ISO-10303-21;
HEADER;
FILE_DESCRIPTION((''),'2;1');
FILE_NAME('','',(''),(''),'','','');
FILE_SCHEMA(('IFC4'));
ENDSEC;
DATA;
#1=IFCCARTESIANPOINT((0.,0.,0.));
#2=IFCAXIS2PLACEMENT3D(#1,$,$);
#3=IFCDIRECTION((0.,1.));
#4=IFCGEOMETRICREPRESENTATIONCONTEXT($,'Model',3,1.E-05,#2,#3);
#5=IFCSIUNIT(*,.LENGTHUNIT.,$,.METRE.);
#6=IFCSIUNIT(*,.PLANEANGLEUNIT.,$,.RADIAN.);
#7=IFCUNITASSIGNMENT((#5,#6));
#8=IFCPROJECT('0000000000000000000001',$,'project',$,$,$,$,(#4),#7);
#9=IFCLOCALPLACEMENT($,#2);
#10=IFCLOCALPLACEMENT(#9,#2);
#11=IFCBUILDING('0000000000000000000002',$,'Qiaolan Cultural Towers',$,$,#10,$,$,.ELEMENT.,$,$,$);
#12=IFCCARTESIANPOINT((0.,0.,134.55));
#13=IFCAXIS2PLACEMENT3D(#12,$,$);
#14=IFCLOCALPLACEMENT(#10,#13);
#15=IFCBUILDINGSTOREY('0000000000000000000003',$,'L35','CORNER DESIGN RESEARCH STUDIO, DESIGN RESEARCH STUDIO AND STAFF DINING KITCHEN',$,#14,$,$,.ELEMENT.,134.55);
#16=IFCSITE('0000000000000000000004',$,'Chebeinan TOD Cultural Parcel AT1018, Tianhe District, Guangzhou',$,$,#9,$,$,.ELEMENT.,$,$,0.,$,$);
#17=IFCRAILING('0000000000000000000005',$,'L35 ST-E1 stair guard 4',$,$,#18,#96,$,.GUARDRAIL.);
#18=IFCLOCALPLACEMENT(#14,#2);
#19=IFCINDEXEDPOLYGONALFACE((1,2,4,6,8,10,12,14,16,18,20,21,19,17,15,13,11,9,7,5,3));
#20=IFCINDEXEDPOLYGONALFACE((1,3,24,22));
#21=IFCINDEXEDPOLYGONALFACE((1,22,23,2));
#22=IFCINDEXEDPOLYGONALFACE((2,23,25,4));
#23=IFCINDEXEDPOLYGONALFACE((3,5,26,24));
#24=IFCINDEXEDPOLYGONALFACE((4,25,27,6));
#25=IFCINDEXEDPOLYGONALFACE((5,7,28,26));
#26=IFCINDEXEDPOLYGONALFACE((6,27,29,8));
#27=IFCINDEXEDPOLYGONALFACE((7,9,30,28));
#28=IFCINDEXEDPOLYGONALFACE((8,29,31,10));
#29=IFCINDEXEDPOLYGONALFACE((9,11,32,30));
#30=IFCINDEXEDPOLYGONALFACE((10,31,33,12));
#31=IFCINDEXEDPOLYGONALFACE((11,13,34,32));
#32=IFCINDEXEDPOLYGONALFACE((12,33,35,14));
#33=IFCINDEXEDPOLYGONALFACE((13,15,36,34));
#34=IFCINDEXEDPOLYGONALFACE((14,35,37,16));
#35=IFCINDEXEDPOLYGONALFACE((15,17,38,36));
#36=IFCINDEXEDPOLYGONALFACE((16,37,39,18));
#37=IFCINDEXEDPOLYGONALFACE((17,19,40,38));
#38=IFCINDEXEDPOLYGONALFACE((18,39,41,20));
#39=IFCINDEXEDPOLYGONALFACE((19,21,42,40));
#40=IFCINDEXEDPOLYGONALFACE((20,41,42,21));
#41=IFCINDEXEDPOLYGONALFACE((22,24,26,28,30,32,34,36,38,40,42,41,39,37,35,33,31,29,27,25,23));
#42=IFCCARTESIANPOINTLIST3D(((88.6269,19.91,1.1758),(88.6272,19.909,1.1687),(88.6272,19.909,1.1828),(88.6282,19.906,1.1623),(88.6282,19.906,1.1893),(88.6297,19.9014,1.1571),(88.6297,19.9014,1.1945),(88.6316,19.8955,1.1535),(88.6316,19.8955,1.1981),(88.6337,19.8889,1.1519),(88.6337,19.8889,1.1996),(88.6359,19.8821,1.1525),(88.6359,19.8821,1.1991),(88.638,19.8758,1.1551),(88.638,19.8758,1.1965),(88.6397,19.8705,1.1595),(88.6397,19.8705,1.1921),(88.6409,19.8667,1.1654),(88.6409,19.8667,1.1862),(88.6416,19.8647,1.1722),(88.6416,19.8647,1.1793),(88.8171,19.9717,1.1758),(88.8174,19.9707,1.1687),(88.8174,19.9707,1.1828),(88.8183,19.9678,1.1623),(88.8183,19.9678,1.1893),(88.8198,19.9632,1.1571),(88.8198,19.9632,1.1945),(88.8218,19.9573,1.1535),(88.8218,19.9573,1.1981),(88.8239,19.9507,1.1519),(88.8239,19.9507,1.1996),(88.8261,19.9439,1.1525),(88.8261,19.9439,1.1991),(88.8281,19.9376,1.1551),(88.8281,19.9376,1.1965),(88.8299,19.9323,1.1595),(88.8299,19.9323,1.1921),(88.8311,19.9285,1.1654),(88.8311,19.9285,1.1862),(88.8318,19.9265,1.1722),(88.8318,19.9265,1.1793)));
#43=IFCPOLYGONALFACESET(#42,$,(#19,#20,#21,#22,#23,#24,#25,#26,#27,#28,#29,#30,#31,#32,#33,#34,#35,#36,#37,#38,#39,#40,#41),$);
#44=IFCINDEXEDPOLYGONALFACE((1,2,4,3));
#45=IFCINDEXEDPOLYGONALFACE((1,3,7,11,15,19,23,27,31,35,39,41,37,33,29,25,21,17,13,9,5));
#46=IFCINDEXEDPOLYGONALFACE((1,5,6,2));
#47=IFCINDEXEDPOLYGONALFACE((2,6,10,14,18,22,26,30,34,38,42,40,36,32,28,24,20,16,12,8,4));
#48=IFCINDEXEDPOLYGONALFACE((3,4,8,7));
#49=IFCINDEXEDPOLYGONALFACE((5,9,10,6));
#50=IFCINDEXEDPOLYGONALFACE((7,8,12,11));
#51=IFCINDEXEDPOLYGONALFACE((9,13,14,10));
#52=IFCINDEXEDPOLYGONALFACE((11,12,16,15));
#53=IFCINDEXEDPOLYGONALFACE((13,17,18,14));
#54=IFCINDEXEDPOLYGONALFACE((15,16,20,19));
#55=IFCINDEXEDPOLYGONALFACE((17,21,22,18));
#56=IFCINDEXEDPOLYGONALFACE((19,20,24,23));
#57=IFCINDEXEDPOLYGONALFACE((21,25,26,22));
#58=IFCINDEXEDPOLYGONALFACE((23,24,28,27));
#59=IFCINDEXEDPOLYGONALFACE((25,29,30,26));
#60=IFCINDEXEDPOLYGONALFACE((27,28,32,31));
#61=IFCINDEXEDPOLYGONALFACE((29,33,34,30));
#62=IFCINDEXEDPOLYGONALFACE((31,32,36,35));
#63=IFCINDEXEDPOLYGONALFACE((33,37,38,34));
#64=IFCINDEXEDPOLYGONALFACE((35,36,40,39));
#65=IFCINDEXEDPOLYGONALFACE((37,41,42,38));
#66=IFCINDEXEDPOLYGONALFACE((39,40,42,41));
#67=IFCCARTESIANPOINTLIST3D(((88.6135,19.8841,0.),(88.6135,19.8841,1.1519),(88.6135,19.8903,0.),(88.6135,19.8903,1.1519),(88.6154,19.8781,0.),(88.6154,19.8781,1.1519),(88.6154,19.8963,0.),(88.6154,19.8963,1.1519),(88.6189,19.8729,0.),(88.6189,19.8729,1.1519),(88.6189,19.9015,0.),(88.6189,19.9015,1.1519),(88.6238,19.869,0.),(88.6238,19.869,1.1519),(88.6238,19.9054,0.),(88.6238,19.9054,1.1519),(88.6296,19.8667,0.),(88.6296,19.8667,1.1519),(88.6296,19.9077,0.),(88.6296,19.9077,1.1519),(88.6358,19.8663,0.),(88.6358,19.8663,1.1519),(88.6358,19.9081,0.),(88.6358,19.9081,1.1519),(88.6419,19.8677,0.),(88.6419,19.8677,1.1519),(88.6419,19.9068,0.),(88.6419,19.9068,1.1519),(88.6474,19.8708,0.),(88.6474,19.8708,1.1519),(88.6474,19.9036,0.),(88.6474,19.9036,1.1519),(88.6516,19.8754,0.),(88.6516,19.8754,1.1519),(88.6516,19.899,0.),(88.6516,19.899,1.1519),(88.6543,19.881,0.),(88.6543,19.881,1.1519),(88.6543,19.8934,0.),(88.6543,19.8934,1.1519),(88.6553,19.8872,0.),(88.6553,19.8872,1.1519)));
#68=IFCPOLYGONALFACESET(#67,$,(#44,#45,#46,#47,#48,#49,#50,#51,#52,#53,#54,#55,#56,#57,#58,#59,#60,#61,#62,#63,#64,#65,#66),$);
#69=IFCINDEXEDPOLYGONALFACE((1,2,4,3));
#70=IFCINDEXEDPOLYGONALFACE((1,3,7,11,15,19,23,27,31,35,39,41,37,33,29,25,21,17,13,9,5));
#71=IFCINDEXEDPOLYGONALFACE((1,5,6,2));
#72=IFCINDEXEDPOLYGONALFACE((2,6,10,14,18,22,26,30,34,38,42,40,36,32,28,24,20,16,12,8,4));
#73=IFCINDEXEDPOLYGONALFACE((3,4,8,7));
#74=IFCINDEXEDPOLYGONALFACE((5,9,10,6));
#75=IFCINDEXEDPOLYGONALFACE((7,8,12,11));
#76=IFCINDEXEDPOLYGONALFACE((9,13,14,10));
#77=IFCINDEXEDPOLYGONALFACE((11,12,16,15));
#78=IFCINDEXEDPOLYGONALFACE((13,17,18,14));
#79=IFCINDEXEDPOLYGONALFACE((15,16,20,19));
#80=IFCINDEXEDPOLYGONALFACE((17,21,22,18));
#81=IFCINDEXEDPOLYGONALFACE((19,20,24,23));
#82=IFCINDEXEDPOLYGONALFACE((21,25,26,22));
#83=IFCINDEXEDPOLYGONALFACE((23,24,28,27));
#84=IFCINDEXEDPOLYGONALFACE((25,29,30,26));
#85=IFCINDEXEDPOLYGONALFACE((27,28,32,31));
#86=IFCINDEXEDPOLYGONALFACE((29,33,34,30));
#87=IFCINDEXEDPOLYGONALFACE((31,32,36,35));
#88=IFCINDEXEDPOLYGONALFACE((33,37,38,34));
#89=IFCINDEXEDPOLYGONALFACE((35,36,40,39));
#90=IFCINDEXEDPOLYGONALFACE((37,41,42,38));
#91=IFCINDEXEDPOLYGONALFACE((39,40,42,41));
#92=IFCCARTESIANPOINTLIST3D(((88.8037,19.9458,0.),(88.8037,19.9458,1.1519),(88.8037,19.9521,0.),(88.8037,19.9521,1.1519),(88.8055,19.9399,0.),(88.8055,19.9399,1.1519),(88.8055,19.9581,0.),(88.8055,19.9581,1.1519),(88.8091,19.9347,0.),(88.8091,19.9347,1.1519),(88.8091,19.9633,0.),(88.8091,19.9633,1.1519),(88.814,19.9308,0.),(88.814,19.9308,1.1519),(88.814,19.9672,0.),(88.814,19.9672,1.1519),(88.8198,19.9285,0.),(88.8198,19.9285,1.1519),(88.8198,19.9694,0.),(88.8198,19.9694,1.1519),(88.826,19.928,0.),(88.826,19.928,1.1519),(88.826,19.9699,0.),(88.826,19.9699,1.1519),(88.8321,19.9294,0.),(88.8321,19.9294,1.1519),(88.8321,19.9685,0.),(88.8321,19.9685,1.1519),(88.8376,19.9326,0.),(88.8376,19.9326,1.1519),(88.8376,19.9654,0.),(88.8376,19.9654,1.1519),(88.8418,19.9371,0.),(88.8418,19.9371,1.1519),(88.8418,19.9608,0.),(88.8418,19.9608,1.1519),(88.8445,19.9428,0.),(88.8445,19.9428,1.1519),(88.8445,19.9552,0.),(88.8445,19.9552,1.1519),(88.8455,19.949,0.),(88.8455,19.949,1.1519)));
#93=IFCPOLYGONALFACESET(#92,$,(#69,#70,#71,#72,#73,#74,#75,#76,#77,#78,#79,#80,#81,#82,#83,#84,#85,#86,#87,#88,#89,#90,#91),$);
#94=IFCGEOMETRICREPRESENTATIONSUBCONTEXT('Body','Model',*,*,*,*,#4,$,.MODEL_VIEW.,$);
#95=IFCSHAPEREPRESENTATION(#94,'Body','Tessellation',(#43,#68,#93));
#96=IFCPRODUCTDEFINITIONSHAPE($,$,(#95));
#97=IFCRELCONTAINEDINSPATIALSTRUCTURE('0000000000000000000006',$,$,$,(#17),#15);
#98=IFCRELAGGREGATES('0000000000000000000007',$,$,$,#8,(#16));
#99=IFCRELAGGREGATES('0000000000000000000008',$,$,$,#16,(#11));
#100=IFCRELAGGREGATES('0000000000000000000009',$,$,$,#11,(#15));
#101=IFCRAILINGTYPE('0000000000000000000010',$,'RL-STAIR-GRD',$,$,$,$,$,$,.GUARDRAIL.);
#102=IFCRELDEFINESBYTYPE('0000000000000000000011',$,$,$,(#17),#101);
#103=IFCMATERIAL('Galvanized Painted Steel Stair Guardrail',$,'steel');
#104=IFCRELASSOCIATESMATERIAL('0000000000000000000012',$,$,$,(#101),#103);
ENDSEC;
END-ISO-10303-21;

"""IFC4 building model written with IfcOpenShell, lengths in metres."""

from ifc_helpers import new_model, si_unit, direction, frame, origin, origin_2d, place, context, subcontext, project, spatial, circle, extrude, material, type_object, element, save


model = new_model("IFC4")

# Units and contexts
model_context = context("Model", 3, precision=1e-05, world=origin(), true_north=direction((0.0, 1.0)))
body_context = subcontext(model_context, "Body", "Model", "MODEL_VIEW")
ifc_project = project(units=[si_unit("LENGTHUNIT", "METRE"), si_unit("PLANEANGLEUNIT", "RADIAN")], contexts=[model_context])

# Site, building, storey
site_placement = place(None, origin())
site = spatial("IfcSite", under=ifc_project, at=site_placement, Name="Chebeinan TOD Cultural Parcel AT1018, Tianhe District, Guangzhou", CompositionType="ELEMENT", RefElevation=0.0)
building_placement = place(site_placement, origin())
building = spatial("IfcBuilding", under=site, at=building_placement, Name="Qiaolan Cultural Towers", CompositionType="ELEMENT")
storey_placement = place(building_placement, frame((0.0, 0.0, 134.55)))
storey = spatial("IfcBuildingStorey", under=building, at=storey_placement, Name="L35", Description="CORNER DESIGN RESEARCH STUDIO, DESIGN RESEARCH STUDIO AND STAFF DINING KITCHEN", CompositionType="ELEMENT", Elevation=134.55)

# Railing
ifc_material_1 = material(Name="Galvanized Painted Steel Stair Guardrail", Category="steel")
railing_type_1 = type_object("IfcRailingType", Name="RL-STAIR-GRD", PredefinedType="GUARDRAIL", material=ifc_material_1)
railing_1_placement = place(storey_placement, frame((88.6343, 19.8872, 0.0)))
element("IfcRailing", 1, at=railing_1_placement, inside=storey, type_object=railing_type_1, Name="L35 ST-E1 stair guard 4", PredefinedType="GUARDRAIL", context=body_context, shape_type="SweptSolid", body=[
    extrude(circle(Radius=0.0239, at=origin_2d()), frame((0.0, 0.0, 1.1758), z_axis=(0.951097, 0.308893, 0.0), x_axis=(-0.308893, 0.951097, 0.0)), (0.0, 0.0, 1.0), 0.2),
    extrude(circle(Radius=0.021, at=origin_2d()), origin(), (0.0, 0.0, 1.0), 1.1519),
    extrude(circle(Radius=0.021, at=origin_2d()), frame((0.1902, 0.0618, 0.0)), (0.0, 0.0, 1.0), 1.1519),
])

save(model, "model.ifc")
